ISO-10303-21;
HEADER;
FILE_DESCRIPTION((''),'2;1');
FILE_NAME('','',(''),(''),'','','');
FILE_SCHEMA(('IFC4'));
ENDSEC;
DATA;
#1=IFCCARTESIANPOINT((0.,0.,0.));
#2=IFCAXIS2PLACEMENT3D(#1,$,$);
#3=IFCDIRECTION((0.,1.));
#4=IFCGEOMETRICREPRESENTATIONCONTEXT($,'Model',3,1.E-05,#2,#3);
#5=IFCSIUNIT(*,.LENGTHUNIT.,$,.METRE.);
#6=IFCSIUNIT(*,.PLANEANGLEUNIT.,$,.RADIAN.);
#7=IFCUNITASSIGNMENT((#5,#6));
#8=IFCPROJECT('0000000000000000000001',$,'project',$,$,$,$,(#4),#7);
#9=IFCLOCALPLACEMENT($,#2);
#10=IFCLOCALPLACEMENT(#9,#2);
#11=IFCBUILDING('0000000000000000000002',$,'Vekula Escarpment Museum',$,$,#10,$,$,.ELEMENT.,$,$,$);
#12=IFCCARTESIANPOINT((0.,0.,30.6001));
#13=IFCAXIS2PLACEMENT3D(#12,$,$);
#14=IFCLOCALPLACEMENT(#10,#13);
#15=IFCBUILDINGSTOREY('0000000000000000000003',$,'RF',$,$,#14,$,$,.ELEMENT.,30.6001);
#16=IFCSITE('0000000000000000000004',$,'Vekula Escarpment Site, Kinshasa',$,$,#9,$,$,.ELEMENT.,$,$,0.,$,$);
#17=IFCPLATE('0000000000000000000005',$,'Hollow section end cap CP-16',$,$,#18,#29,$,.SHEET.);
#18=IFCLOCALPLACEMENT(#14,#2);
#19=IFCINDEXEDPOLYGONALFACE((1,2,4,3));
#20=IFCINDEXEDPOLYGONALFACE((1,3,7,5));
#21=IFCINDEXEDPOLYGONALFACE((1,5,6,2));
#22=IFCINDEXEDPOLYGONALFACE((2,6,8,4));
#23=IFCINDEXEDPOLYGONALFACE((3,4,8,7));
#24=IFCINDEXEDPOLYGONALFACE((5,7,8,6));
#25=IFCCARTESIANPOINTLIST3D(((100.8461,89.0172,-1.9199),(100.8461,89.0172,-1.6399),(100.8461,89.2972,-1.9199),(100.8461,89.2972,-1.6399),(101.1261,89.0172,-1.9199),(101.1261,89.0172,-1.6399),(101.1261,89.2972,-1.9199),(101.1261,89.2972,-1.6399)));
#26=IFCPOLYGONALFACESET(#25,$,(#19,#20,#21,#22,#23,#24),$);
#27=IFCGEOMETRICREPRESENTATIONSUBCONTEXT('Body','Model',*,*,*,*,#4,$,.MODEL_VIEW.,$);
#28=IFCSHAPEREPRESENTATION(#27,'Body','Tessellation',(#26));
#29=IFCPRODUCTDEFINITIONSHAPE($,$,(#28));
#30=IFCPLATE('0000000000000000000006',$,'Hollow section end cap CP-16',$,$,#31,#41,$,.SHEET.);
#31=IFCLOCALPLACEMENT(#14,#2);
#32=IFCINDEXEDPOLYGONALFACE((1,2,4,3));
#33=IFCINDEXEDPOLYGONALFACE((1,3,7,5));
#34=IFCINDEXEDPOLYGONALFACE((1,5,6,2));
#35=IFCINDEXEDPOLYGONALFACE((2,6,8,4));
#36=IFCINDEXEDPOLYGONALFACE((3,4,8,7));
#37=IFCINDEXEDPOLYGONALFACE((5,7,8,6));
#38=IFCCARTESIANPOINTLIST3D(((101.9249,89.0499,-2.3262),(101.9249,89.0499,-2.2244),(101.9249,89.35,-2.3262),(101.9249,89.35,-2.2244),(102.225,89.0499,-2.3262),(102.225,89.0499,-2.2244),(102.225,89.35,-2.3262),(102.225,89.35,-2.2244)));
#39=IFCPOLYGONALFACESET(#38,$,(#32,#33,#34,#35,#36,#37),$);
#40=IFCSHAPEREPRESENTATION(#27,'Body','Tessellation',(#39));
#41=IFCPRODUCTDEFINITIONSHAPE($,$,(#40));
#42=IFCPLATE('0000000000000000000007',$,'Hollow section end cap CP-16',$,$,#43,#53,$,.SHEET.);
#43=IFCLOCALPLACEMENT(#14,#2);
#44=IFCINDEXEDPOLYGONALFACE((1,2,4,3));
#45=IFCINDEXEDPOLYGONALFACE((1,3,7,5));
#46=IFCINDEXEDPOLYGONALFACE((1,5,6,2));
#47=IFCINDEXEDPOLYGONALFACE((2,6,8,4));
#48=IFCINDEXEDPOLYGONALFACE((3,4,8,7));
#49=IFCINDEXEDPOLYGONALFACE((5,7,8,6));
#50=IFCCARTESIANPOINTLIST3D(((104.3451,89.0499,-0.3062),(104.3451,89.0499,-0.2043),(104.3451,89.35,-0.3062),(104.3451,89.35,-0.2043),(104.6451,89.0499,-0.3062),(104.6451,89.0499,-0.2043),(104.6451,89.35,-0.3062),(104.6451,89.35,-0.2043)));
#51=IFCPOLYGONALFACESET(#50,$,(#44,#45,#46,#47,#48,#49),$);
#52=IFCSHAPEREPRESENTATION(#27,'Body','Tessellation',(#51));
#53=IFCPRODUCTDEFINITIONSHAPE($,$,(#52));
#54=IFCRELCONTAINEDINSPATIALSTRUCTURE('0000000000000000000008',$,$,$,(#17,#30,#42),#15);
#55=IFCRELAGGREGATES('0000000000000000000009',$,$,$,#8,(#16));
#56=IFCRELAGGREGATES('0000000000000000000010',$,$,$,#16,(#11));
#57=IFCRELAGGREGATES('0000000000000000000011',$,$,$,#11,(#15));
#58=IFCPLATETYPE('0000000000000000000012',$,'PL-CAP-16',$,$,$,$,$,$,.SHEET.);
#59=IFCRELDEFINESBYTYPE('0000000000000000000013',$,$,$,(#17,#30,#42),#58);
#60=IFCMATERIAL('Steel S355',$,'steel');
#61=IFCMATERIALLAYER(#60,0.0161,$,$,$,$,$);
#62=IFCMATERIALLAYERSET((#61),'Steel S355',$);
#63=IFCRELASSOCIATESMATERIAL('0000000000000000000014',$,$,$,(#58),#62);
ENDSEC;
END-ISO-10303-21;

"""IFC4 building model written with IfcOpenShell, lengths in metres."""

from ifc_helpers import new_model, si_unit, direction, frame, origin, origin_2d, place, context, subcontext, project, spatial, rectangle, extrude, material, layer, layer_set, type_object, element, save


model = new_model("IFC4")

# Units and contexts
model_context = context("Model", 3, precision=1e-05, world=origin(), true_north=direction((0.0, 1.0)))
body_context = subcontext(model_context, "Body", "Model", "MODEL_VIEW")
ifc_project = project(units=[si_unit("LENGTHUNIT", "METRE"), si_unit("PLANEANGLEUNIT", "RADIAN")], contexts=[model_context])

# Site, building, storey
site_placement = place(None, origin())
site = spatial("IfcSite", under=ifc_project, at=site_placement, Name="Vekula Escarpment Site, Kinshasa", CompositionType="ELEMENT", RefElevation=0.0)
building_placement = place(site_placement, origin())
building = spatial("IfcBuilding", under=site, at=building_placement, Name="Vekula Escarpment Museum", CompositionType="ELEMENT")
storey_placement = place(building_placement, frame((0.0, 0.0, 30.6001)))
storey = spatial("IfcBuildingStorey", under=building, at=storey_placement, Name="RF", CompositionType="ELEMENT", Elevation=30.6001)

# Plates
ifc_material_1 = material(Name="Steel S355", Category="steel")
ifc_layer = layer(ifc_material_1, 0.0161)
ifc_layer_set = layer_set([ifc_layer], Name="Steel S355")
plate_type = type_object("IfcPlateType", Name="PL-CAP-16", PredefinedType="SHEET", material=ifc_layer_set)
plate_1_placement = place(storey_placement, frame((100.9861, 89.1572, -1.9199), z_axis=(0.0, 0.0, 1.0), x_axis=(1.0, 0.0, 0.0)))
element("IfcPlate", 1, at=plate_1_placement, inside=storey, type_object=plate_type, Name="Hollow section end cap CP-16", PredefinedType="SHEET", context=body_context, shape_type="SweptSolid", body=[
    extrude(rectangle(XDim=0.28, YDim=0.28, at=origin_2d()), origin(), (0.0, 0.0, 1.0), 0.28),
])
for number, where, z_axis, x_axis, name in (
    (2, (102.075, 89.2, -2.3262), (0.0, 0.0, 1.0), (1.0, 0.0, 0.0), "Hollow section end cap CP-16"),
    (3, (104.4951, 89.2, -0.3062), (0.0, 0.0, 1.0), (1.0, 0.0, 0.0), "Hollow section end cap CP-16"),
):
    element("IfcPlate", number, at=place(storey_placement, frame(where, z_axis=z_axis, x_axis=x_axis)), inside=storey, type_object=plate_type, Name=name, PredefinedType="SHEET", context=body_context, shape_type="SweptSolid", body=[
        extrude(rectangle(XDim=0.3, YDim=0.3, at=origin_2d()), origin(), (0.0, 0.0, 1.0), 0.1018),
    ])

save(model, "model.ifc")
